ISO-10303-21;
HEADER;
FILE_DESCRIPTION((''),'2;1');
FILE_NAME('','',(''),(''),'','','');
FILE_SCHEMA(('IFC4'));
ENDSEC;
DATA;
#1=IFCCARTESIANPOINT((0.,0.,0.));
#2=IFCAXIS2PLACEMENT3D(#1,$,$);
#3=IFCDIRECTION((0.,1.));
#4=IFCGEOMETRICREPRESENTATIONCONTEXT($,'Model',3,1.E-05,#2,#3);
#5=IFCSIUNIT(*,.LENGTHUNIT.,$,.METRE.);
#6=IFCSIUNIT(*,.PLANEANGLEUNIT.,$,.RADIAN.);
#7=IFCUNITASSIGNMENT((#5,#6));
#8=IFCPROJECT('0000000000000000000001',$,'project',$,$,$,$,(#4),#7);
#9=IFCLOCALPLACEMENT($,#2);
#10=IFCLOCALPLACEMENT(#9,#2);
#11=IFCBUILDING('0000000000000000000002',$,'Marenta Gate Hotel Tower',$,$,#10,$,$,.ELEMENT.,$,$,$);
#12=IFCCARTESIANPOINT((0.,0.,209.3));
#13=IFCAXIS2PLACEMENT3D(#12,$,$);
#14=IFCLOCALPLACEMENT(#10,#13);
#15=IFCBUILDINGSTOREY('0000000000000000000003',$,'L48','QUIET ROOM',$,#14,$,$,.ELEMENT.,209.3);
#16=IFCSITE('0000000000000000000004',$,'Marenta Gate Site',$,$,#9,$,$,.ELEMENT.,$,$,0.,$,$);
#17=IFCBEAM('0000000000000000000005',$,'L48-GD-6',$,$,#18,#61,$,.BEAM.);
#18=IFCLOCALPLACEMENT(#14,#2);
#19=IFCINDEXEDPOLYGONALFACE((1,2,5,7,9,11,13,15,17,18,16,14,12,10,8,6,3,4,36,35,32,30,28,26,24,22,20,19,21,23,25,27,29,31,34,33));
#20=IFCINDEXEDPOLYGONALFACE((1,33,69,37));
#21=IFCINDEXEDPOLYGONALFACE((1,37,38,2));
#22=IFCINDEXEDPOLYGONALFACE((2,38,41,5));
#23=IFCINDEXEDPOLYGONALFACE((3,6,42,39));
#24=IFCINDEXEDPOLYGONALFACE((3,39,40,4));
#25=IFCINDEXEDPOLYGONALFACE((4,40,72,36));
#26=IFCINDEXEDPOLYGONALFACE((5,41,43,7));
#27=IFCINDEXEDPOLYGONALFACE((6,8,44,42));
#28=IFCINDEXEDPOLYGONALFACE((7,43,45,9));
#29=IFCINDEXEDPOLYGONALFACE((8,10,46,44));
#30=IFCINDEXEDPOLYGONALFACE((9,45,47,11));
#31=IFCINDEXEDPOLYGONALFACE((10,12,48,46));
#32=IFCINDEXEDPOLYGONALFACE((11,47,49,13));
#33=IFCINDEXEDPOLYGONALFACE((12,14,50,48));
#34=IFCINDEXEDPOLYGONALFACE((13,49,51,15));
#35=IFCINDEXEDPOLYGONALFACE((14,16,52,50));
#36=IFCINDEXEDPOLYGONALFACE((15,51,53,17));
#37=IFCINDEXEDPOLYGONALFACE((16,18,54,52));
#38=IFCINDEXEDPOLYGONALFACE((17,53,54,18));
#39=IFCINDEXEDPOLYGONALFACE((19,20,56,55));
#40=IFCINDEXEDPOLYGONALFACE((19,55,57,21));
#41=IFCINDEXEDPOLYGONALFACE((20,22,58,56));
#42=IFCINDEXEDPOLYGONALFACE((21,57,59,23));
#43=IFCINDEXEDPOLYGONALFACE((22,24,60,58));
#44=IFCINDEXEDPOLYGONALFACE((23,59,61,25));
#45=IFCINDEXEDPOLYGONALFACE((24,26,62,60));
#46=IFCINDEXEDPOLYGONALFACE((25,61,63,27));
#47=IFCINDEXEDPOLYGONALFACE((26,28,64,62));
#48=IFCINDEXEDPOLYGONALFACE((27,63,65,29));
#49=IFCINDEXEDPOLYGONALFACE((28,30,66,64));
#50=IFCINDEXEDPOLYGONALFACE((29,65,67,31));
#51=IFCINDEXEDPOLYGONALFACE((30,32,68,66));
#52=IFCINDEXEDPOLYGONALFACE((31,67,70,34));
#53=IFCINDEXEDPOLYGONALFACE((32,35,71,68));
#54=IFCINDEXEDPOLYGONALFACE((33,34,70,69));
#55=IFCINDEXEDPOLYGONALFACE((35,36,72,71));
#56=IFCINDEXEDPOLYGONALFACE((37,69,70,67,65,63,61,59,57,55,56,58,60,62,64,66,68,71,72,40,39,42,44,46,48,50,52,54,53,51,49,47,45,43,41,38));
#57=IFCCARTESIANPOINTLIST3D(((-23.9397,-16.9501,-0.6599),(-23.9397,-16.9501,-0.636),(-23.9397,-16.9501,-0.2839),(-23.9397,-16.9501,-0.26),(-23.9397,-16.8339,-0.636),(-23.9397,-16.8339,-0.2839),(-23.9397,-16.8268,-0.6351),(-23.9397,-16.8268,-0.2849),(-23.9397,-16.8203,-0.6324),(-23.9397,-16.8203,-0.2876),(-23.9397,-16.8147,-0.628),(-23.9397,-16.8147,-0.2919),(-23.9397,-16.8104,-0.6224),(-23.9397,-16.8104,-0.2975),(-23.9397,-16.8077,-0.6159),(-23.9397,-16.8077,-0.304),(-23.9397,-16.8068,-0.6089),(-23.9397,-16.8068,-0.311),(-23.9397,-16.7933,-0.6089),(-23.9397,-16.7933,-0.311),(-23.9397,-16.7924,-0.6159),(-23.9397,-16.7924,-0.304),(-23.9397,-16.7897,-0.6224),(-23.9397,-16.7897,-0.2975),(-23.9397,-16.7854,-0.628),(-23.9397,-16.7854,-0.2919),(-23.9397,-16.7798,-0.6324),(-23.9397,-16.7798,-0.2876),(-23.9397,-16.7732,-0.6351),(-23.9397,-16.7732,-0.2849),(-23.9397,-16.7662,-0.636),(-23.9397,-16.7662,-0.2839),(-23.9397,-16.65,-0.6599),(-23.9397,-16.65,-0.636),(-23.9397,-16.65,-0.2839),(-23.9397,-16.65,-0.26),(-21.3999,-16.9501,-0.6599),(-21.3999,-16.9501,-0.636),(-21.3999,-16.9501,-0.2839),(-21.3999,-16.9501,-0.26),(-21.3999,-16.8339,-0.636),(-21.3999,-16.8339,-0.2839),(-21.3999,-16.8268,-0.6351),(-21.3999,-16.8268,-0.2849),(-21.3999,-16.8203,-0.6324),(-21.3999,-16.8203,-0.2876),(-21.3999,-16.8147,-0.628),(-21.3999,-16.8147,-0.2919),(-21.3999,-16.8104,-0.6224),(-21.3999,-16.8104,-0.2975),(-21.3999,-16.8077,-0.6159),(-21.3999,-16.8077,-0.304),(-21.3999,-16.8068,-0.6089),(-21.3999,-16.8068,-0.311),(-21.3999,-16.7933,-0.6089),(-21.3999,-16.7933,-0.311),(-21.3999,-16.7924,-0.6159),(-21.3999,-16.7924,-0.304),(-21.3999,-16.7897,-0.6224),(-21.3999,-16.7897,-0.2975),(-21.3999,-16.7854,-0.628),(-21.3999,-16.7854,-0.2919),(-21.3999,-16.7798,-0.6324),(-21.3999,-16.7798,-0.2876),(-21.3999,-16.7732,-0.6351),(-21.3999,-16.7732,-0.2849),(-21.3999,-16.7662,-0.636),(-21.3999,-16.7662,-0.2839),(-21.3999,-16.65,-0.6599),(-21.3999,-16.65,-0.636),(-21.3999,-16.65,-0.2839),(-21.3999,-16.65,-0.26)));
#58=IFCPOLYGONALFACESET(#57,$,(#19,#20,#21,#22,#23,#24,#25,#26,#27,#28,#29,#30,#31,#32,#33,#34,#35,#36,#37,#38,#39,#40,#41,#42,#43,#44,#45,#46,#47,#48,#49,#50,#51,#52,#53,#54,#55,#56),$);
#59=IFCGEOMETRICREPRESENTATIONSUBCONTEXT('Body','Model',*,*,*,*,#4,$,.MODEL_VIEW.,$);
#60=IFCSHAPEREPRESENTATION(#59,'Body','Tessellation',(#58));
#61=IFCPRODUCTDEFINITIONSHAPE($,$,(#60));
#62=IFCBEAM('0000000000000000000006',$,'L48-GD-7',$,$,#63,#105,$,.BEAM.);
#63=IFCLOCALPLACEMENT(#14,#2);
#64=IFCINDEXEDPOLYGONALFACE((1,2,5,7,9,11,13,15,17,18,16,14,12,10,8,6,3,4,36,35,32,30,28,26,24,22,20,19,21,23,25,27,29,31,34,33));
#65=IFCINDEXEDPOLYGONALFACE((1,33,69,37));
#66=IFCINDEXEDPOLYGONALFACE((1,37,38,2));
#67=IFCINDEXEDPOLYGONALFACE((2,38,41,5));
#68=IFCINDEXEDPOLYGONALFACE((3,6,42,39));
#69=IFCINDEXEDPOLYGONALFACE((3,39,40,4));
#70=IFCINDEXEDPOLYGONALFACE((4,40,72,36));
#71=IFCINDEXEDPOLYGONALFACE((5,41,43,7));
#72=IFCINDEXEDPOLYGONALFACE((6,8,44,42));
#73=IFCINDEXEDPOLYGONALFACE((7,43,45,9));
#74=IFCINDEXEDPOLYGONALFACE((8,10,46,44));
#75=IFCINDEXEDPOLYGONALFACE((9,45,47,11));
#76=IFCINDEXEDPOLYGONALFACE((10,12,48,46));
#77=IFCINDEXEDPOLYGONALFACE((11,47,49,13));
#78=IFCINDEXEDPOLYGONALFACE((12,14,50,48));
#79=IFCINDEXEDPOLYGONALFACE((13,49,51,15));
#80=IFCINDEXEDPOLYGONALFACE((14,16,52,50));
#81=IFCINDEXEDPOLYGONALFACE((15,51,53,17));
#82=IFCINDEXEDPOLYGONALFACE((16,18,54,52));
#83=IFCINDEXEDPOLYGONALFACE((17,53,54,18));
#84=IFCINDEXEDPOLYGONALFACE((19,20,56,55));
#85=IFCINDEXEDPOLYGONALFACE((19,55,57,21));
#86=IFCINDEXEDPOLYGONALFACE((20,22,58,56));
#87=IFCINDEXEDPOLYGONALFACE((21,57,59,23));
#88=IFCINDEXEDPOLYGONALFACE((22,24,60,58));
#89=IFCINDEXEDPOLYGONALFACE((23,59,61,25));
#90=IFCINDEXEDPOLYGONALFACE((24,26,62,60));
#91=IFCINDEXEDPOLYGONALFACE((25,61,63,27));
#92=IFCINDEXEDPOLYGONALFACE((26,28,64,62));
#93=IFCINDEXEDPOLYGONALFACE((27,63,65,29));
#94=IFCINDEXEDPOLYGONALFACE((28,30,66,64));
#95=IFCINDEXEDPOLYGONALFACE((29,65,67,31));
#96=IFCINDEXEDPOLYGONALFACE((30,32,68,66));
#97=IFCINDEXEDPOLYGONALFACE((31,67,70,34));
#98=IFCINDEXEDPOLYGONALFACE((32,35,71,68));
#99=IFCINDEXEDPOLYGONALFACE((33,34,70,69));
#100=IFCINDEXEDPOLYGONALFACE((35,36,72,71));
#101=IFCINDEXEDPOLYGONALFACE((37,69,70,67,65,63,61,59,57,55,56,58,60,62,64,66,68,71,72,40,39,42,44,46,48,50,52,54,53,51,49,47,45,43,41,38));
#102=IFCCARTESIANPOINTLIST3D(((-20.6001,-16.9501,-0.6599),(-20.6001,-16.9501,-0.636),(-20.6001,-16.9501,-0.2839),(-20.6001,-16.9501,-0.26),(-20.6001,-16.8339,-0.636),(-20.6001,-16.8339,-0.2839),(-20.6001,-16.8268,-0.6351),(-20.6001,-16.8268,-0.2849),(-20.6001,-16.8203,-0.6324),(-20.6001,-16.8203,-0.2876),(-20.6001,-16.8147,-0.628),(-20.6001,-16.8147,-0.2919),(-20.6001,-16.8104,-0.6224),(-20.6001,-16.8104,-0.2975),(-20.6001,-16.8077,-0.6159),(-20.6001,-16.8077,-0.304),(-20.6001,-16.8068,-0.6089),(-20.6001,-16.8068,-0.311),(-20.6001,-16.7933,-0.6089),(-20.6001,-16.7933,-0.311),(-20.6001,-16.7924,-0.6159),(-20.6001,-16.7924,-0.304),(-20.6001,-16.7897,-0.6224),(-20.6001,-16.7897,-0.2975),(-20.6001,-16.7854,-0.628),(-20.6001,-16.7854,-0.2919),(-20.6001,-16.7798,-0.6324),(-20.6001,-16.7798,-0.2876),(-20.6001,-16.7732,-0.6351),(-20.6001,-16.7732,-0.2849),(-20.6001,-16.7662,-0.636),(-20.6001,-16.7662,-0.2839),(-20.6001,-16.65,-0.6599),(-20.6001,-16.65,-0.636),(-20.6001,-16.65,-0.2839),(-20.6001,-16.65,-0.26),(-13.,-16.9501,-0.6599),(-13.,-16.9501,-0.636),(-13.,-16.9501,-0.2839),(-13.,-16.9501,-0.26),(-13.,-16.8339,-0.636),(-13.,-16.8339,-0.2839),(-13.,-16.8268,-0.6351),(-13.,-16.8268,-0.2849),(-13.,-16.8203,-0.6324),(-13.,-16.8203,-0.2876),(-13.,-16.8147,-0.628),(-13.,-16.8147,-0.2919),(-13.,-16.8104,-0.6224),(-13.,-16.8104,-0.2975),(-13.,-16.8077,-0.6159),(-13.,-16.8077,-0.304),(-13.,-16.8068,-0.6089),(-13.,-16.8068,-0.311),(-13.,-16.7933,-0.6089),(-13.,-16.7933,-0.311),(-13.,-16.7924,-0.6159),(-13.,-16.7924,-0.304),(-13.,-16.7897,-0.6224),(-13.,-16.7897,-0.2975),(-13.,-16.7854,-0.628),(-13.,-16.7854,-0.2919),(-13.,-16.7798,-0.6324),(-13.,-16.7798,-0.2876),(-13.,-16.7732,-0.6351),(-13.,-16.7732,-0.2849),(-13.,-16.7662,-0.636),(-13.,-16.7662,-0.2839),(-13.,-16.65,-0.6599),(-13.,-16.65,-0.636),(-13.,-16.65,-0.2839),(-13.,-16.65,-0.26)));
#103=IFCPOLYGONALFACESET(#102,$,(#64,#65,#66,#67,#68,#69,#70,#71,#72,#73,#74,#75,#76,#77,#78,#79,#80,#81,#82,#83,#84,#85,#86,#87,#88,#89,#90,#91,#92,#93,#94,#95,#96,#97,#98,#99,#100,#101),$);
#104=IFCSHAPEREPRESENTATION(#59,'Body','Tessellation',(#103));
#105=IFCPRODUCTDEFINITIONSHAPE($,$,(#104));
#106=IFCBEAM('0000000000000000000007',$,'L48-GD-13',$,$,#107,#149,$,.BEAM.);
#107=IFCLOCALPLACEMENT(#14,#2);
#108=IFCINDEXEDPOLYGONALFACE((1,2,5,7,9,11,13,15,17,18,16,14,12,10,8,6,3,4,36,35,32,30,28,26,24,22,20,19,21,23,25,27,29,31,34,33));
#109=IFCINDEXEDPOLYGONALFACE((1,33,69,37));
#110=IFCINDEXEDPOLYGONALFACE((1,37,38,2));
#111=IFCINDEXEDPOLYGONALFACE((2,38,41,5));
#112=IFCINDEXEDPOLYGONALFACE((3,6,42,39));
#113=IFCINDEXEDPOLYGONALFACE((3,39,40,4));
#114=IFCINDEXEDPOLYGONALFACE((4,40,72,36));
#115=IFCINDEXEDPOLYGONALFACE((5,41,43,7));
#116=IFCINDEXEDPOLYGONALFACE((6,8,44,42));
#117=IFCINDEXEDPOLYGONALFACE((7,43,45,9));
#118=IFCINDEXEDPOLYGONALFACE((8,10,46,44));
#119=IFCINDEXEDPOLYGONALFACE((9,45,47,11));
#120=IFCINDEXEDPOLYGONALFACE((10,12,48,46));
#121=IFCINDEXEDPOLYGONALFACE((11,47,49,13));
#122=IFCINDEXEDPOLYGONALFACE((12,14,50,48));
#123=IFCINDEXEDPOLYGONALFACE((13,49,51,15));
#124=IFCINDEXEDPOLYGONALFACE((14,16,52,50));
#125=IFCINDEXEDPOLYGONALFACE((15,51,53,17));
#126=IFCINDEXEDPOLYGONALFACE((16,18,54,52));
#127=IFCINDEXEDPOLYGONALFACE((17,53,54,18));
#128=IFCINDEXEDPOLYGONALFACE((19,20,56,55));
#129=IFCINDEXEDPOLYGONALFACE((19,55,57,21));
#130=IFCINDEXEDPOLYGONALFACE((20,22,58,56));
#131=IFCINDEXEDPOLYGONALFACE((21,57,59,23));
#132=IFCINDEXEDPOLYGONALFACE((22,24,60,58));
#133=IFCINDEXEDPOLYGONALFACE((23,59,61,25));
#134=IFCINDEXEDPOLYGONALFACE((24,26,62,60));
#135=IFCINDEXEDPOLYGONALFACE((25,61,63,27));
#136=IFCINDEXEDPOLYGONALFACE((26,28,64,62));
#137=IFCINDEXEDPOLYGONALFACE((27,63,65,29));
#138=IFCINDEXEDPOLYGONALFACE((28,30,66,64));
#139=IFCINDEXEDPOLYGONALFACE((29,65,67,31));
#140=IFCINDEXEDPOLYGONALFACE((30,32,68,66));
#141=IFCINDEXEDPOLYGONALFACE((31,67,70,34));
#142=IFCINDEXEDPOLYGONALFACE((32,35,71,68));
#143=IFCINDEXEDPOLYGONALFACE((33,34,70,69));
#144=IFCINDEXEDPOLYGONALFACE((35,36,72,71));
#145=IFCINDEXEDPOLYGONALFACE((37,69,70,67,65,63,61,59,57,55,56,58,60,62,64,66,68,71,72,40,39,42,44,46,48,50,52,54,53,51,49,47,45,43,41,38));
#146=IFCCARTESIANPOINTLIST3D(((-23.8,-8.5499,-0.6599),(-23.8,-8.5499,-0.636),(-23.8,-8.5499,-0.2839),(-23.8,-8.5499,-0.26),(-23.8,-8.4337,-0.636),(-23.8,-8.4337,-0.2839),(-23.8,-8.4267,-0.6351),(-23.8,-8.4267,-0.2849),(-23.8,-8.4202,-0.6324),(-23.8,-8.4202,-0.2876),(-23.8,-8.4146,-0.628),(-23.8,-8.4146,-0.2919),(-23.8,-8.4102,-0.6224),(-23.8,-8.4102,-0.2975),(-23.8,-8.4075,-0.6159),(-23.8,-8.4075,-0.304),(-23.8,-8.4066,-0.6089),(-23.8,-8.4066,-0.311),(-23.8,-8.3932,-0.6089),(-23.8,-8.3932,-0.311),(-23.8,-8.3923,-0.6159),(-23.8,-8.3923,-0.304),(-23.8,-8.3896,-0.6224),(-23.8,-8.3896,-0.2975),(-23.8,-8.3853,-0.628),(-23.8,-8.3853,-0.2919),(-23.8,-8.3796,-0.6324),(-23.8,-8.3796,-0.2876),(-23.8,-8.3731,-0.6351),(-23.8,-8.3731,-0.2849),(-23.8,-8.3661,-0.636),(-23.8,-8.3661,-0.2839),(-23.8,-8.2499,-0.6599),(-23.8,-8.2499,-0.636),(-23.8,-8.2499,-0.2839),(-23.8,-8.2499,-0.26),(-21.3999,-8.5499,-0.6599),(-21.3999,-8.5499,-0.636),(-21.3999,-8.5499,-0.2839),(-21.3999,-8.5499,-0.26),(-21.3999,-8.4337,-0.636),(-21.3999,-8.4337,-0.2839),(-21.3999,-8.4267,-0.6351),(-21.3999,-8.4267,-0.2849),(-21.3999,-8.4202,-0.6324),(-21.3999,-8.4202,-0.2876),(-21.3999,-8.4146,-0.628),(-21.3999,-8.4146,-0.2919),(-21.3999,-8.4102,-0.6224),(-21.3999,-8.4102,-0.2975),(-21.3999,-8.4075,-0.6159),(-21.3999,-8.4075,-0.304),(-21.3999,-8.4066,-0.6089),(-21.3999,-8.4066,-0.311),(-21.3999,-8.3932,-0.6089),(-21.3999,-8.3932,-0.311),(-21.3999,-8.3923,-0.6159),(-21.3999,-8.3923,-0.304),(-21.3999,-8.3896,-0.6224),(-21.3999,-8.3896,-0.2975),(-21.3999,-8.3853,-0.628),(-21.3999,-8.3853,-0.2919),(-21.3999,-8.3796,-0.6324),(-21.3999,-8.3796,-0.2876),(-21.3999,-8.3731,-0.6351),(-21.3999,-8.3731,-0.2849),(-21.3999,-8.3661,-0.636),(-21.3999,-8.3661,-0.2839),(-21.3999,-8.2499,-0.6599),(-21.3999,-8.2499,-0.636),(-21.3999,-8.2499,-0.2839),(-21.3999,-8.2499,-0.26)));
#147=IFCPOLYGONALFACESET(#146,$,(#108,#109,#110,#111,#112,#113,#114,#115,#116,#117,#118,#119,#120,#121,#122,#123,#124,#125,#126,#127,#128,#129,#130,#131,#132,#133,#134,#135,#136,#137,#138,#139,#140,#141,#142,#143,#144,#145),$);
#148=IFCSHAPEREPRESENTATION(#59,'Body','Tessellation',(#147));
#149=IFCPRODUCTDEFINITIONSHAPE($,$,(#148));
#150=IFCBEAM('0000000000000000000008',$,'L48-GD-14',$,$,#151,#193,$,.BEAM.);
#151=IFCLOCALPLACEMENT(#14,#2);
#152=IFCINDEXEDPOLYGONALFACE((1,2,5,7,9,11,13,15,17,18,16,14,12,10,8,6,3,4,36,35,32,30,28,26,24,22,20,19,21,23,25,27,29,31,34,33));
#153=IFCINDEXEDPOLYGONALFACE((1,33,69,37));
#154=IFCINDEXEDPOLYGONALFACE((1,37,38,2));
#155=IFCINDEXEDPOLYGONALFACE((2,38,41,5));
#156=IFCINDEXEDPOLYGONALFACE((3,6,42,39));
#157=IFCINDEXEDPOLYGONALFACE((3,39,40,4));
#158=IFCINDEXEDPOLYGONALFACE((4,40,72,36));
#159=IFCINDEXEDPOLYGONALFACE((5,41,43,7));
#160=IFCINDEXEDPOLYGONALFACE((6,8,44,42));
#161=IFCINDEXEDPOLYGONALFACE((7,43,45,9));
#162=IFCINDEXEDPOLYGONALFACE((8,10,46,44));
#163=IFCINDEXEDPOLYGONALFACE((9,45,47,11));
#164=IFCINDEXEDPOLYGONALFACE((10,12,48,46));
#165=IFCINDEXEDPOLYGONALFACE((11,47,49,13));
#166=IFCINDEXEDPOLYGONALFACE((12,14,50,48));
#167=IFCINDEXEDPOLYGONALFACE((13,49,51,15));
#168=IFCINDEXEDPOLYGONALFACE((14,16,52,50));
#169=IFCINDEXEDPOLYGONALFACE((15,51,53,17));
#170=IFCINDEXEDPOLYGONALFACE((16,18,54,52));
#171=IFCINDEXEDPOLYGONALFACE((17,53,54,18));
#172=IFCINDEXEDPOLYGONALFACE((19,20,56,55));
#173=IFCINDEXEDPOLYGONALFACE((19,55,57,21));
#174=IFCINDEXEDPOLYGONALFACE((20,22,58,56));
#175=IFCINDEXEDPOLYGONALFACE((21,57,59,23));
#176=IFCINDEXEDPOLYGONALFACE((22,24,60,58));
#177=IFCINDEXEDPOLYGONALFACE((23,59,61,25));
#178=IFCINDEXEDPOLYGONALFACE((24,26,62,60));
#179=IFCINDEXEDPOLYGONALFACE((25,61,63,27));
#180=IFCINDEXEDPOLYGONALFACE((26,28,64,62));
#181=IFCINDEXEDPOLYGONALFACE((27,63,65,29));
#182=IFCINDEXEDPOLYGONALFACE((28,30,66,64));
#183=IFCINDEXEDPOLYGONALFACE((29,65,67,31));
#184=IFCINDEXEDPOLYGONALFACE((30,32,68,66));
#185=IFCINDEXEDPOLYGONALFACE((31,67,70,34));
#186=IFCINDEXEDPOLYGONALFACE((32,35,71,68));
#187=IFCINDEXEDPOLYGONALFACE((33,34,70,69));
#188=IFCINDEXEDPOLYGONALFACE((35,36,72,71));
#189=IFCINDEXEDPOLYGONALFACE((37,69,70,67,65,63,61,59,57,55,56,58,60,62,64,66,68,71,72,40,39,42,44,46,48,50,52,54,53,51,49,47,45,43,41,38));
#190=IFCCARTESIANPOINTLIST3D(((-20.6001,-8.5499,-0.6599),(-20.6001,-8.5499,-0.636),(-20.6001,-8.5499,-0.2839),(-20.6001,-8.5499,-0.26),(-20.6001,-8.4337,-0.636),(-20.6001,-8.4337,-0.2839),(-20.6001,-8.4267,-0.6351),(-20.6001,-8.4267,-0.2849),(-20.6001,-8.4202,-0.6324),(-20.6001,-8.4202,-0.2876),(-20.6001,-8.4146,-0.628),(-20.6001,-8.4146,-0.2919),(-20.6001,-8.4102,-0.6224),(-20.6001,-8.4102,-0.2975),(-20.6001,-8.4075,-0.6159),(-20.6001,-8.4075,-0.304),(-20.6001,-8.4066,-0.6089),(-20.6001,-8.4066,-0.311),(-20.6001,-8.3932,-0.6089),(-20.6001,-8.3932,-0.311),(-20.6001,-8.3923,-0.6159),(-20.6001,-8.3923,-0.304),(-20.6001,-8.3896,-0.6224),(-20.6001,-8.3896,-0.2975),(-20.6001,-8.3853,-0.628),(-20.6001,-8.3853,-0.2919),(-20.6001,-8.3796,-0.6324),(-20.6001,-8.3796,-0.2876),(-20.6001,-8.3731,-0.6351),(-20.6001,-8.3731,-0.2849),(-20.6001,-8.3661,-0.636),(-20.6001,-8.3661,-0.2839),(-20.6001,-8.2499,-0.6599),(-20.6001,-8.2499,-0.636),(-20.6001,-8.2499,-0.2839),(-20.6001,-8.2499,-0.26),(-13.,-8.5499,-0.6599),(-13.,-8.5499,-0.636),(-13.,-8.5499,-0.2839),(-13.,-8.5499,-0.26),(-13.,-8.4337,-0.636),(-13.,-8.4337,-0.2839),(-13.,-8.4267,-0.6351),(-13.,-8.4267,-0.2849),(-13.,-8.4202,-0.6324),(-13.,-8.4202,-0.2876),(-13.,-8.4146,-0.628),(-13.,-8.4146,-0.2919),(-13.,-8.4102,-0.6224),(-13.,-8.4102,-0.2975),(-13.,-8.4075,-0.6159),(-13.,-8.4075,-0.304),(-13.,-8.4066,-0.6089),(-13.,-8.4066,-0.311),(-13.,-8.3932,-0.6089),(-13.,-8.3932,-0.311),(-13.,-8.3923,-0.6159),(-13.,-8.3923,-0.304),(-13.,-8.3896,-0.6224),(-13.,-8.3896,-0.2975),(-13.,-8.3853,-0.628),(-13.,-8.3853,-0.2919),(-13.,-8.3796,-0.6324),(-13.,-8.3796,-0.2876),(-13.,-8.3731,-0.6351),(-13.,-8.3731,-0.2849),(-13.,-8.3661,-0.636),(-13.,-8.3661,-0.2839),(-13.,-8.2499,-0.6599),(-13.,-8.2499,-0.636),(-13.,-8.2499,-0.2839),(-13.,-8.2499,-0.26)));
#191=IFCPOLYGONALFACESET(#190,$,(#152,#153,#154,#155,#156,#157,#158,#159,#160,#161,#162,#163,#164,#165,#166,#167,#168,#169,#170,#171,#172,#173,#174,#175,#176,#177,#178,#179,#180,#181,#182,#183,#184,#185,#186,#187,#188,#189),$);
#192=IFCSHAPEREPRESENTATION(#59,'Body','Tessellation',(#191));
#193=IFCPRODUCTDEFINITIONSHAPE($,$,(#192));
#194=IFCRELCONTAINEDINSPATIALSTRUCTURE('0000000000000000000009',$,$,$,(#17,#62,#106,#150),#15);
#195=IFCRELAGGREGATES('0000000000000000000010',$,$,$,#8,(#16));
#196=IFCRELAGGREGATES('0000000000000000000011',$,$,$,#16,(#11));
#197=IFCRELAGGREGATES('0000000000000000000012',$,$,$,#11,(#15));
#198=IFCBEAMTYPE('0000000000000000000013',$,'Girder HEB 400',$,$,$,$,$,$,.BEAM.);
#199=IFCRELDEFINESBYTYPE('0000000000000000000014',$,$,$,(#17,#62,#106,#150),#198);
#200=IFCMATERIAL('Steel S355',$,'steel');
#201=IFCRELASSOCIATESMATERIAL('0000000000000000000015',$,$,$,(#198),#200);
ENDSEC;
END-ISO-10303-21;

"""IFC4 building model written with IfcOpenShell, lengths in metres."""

from ifc_helpers import new_model, si_unit, direction, frame, origin, origin_2d, place, context, subcontext, project, spatial, i_section, extrude, material, material_profile, profile_set, type_object, element, save


model = new_model("IFC4")

# Units and contexts
model_context = context("Model", 3, precision=1e-05, world=origin(), true_north=direction((0.0, 1.0)))
body_context = subcontext(model_context, "Body", "Model", "MODEL_VIEW")
ifc_project = project(units=[si_unit("LENGTHUNIT", "METRE"), si_unit("PLANEANGLEUNIT", "RADIAN")], contexts=[model_context])

# Site, building, storey
site_placement = place(None, origin())
site = spatial("IfcSite", under=ifc_project, at=site_placement, Name="Marenta Gate Site", CompositionType="ELEMENT", RefElevation=0.0)
building_placement = place(site_placement, origin())
building = spatial("IfcBuilding", under=site, at=building_placement, Name="Marenta Gate Hotel Tower", CompositionType="ELEMENT")
storey_placement = place(building_placement, frame((0.0, 0.0, 209.3)))
storey = spatial("IfcBuildingStorey", under=building, at=storey_placement, Name="L48", Description="QUIET ROOM", CompositionType="ELEMENT", Elevation=209.3)

# Beams
ifc_material_1 = material(Name="Steel S355", Category="steel")
ifc_material_profile_1 = material_profile(ifc_material_1, i_section(OverallWidth=0.3, OverallDepth=0.3999, WebThickness=0.0134, FlangeThickness=0.0239, FilletRadius=0.0271, at=origin_2d()), Name="HEB 400")
ifc_profile_set_1 = profile_set([ifc_material_profile_1], Name="Steel S355")
beam_type_1 = type_object("IfcBeamType", Name="Girder HEB 400", PredefinedType="BEAM", material=ifc_profile_set_1)
beam_1_placement = place(storey_placement, frame((-23.9397, -16.8, -0.46), z_axis=(1.0, 0.0, 0.0), x_axis=(0.0, 1.0, 0.0)))
element("IfcBeam", 1, at=beam_1_placement, inside=storey, type_object=beam_type_1, Name="L48-GD-6", PredefinedType="BEAM", context=body_context, shape_type="SweptSolid", body=[
    extrude(i_section(OverallWidth=0.3, OverallDepth=0.3999, WebThickness=0.0134, FlangeThickness=0.0239, FilletRadius=0.0271, at=origin_2d()), origin(), (0.0, 0.0, 1.0), 2.5398),
])
beam_2_placement = place(storey_placement, frame((-20.6001, -16.8, -0.46), z_axis=(1.0, 0.0, 0.0), x_axis=(0.0, 1.0, 0.0)))
element("IfcBeam", 2, at=beam_2_placement, inside=storey, type_object=beam_type_1, Name="L48-GD-7", PredefinedType="BEAM", context=body_context, shape_type="SweptSolid", body=[
    extrude(i_section(OverallWidth=0.3, OverallDepth=0.3999, WebThickness=0.0134, FlangeThickness=0.0239, FilletRadius=0.0271, at=origin_2d()), origin(), (0.0, 0.0, 1.0), 7.6001),
])
beam_3_placement = place(storey_placement, frame((-23.8, -8.3999, -0.46), z_axis=(1.0, 0.0, 0.0), x_axis=(0.0, 1.0, 0.0)))
element("IfcBeam", 3, at=beam_3_placement, inside=storey, type_object=beam_type_1, Name="L48-GD-13", PredefinedType="BEAM", context=body_context, shape_type="SweptSolid", body=[
    extrude(i_section(OverallWidth=0.3, OverallDepth=0.3999, WebThickness=0.0134, FlangeThickness=0.0239, FilletRadius=0.0271, at=origin_2d()), origin(), (0.0, 0.0, 1.0), 2.4001),
])
beam_4_placement = place(storey_placement, frame((-20.6001, -8.3999, -0.46), z_axis=(1.0, 0.0, 0.0), x_axis=(0.0, 1.0, 0.0)))
element("IfcBeam", 4, at=beam_4_placement, inside=storey, type_object=beam_type_1, Name="L48-GD-14", PredefinedType="BEAM", context=body_context, shape_type="SweptSolid", body=[
    extrude(i_section(OverallWidth=0.3, OverallDepth=0.3999, WebThickness=0.0134, FlangeThickness=0.0239, FilletRadius=0.0271, at=origin_2d()), origin(), (0.0, 0.0, 1.0), 7.6001),
])

save(model, "model.ifc")
